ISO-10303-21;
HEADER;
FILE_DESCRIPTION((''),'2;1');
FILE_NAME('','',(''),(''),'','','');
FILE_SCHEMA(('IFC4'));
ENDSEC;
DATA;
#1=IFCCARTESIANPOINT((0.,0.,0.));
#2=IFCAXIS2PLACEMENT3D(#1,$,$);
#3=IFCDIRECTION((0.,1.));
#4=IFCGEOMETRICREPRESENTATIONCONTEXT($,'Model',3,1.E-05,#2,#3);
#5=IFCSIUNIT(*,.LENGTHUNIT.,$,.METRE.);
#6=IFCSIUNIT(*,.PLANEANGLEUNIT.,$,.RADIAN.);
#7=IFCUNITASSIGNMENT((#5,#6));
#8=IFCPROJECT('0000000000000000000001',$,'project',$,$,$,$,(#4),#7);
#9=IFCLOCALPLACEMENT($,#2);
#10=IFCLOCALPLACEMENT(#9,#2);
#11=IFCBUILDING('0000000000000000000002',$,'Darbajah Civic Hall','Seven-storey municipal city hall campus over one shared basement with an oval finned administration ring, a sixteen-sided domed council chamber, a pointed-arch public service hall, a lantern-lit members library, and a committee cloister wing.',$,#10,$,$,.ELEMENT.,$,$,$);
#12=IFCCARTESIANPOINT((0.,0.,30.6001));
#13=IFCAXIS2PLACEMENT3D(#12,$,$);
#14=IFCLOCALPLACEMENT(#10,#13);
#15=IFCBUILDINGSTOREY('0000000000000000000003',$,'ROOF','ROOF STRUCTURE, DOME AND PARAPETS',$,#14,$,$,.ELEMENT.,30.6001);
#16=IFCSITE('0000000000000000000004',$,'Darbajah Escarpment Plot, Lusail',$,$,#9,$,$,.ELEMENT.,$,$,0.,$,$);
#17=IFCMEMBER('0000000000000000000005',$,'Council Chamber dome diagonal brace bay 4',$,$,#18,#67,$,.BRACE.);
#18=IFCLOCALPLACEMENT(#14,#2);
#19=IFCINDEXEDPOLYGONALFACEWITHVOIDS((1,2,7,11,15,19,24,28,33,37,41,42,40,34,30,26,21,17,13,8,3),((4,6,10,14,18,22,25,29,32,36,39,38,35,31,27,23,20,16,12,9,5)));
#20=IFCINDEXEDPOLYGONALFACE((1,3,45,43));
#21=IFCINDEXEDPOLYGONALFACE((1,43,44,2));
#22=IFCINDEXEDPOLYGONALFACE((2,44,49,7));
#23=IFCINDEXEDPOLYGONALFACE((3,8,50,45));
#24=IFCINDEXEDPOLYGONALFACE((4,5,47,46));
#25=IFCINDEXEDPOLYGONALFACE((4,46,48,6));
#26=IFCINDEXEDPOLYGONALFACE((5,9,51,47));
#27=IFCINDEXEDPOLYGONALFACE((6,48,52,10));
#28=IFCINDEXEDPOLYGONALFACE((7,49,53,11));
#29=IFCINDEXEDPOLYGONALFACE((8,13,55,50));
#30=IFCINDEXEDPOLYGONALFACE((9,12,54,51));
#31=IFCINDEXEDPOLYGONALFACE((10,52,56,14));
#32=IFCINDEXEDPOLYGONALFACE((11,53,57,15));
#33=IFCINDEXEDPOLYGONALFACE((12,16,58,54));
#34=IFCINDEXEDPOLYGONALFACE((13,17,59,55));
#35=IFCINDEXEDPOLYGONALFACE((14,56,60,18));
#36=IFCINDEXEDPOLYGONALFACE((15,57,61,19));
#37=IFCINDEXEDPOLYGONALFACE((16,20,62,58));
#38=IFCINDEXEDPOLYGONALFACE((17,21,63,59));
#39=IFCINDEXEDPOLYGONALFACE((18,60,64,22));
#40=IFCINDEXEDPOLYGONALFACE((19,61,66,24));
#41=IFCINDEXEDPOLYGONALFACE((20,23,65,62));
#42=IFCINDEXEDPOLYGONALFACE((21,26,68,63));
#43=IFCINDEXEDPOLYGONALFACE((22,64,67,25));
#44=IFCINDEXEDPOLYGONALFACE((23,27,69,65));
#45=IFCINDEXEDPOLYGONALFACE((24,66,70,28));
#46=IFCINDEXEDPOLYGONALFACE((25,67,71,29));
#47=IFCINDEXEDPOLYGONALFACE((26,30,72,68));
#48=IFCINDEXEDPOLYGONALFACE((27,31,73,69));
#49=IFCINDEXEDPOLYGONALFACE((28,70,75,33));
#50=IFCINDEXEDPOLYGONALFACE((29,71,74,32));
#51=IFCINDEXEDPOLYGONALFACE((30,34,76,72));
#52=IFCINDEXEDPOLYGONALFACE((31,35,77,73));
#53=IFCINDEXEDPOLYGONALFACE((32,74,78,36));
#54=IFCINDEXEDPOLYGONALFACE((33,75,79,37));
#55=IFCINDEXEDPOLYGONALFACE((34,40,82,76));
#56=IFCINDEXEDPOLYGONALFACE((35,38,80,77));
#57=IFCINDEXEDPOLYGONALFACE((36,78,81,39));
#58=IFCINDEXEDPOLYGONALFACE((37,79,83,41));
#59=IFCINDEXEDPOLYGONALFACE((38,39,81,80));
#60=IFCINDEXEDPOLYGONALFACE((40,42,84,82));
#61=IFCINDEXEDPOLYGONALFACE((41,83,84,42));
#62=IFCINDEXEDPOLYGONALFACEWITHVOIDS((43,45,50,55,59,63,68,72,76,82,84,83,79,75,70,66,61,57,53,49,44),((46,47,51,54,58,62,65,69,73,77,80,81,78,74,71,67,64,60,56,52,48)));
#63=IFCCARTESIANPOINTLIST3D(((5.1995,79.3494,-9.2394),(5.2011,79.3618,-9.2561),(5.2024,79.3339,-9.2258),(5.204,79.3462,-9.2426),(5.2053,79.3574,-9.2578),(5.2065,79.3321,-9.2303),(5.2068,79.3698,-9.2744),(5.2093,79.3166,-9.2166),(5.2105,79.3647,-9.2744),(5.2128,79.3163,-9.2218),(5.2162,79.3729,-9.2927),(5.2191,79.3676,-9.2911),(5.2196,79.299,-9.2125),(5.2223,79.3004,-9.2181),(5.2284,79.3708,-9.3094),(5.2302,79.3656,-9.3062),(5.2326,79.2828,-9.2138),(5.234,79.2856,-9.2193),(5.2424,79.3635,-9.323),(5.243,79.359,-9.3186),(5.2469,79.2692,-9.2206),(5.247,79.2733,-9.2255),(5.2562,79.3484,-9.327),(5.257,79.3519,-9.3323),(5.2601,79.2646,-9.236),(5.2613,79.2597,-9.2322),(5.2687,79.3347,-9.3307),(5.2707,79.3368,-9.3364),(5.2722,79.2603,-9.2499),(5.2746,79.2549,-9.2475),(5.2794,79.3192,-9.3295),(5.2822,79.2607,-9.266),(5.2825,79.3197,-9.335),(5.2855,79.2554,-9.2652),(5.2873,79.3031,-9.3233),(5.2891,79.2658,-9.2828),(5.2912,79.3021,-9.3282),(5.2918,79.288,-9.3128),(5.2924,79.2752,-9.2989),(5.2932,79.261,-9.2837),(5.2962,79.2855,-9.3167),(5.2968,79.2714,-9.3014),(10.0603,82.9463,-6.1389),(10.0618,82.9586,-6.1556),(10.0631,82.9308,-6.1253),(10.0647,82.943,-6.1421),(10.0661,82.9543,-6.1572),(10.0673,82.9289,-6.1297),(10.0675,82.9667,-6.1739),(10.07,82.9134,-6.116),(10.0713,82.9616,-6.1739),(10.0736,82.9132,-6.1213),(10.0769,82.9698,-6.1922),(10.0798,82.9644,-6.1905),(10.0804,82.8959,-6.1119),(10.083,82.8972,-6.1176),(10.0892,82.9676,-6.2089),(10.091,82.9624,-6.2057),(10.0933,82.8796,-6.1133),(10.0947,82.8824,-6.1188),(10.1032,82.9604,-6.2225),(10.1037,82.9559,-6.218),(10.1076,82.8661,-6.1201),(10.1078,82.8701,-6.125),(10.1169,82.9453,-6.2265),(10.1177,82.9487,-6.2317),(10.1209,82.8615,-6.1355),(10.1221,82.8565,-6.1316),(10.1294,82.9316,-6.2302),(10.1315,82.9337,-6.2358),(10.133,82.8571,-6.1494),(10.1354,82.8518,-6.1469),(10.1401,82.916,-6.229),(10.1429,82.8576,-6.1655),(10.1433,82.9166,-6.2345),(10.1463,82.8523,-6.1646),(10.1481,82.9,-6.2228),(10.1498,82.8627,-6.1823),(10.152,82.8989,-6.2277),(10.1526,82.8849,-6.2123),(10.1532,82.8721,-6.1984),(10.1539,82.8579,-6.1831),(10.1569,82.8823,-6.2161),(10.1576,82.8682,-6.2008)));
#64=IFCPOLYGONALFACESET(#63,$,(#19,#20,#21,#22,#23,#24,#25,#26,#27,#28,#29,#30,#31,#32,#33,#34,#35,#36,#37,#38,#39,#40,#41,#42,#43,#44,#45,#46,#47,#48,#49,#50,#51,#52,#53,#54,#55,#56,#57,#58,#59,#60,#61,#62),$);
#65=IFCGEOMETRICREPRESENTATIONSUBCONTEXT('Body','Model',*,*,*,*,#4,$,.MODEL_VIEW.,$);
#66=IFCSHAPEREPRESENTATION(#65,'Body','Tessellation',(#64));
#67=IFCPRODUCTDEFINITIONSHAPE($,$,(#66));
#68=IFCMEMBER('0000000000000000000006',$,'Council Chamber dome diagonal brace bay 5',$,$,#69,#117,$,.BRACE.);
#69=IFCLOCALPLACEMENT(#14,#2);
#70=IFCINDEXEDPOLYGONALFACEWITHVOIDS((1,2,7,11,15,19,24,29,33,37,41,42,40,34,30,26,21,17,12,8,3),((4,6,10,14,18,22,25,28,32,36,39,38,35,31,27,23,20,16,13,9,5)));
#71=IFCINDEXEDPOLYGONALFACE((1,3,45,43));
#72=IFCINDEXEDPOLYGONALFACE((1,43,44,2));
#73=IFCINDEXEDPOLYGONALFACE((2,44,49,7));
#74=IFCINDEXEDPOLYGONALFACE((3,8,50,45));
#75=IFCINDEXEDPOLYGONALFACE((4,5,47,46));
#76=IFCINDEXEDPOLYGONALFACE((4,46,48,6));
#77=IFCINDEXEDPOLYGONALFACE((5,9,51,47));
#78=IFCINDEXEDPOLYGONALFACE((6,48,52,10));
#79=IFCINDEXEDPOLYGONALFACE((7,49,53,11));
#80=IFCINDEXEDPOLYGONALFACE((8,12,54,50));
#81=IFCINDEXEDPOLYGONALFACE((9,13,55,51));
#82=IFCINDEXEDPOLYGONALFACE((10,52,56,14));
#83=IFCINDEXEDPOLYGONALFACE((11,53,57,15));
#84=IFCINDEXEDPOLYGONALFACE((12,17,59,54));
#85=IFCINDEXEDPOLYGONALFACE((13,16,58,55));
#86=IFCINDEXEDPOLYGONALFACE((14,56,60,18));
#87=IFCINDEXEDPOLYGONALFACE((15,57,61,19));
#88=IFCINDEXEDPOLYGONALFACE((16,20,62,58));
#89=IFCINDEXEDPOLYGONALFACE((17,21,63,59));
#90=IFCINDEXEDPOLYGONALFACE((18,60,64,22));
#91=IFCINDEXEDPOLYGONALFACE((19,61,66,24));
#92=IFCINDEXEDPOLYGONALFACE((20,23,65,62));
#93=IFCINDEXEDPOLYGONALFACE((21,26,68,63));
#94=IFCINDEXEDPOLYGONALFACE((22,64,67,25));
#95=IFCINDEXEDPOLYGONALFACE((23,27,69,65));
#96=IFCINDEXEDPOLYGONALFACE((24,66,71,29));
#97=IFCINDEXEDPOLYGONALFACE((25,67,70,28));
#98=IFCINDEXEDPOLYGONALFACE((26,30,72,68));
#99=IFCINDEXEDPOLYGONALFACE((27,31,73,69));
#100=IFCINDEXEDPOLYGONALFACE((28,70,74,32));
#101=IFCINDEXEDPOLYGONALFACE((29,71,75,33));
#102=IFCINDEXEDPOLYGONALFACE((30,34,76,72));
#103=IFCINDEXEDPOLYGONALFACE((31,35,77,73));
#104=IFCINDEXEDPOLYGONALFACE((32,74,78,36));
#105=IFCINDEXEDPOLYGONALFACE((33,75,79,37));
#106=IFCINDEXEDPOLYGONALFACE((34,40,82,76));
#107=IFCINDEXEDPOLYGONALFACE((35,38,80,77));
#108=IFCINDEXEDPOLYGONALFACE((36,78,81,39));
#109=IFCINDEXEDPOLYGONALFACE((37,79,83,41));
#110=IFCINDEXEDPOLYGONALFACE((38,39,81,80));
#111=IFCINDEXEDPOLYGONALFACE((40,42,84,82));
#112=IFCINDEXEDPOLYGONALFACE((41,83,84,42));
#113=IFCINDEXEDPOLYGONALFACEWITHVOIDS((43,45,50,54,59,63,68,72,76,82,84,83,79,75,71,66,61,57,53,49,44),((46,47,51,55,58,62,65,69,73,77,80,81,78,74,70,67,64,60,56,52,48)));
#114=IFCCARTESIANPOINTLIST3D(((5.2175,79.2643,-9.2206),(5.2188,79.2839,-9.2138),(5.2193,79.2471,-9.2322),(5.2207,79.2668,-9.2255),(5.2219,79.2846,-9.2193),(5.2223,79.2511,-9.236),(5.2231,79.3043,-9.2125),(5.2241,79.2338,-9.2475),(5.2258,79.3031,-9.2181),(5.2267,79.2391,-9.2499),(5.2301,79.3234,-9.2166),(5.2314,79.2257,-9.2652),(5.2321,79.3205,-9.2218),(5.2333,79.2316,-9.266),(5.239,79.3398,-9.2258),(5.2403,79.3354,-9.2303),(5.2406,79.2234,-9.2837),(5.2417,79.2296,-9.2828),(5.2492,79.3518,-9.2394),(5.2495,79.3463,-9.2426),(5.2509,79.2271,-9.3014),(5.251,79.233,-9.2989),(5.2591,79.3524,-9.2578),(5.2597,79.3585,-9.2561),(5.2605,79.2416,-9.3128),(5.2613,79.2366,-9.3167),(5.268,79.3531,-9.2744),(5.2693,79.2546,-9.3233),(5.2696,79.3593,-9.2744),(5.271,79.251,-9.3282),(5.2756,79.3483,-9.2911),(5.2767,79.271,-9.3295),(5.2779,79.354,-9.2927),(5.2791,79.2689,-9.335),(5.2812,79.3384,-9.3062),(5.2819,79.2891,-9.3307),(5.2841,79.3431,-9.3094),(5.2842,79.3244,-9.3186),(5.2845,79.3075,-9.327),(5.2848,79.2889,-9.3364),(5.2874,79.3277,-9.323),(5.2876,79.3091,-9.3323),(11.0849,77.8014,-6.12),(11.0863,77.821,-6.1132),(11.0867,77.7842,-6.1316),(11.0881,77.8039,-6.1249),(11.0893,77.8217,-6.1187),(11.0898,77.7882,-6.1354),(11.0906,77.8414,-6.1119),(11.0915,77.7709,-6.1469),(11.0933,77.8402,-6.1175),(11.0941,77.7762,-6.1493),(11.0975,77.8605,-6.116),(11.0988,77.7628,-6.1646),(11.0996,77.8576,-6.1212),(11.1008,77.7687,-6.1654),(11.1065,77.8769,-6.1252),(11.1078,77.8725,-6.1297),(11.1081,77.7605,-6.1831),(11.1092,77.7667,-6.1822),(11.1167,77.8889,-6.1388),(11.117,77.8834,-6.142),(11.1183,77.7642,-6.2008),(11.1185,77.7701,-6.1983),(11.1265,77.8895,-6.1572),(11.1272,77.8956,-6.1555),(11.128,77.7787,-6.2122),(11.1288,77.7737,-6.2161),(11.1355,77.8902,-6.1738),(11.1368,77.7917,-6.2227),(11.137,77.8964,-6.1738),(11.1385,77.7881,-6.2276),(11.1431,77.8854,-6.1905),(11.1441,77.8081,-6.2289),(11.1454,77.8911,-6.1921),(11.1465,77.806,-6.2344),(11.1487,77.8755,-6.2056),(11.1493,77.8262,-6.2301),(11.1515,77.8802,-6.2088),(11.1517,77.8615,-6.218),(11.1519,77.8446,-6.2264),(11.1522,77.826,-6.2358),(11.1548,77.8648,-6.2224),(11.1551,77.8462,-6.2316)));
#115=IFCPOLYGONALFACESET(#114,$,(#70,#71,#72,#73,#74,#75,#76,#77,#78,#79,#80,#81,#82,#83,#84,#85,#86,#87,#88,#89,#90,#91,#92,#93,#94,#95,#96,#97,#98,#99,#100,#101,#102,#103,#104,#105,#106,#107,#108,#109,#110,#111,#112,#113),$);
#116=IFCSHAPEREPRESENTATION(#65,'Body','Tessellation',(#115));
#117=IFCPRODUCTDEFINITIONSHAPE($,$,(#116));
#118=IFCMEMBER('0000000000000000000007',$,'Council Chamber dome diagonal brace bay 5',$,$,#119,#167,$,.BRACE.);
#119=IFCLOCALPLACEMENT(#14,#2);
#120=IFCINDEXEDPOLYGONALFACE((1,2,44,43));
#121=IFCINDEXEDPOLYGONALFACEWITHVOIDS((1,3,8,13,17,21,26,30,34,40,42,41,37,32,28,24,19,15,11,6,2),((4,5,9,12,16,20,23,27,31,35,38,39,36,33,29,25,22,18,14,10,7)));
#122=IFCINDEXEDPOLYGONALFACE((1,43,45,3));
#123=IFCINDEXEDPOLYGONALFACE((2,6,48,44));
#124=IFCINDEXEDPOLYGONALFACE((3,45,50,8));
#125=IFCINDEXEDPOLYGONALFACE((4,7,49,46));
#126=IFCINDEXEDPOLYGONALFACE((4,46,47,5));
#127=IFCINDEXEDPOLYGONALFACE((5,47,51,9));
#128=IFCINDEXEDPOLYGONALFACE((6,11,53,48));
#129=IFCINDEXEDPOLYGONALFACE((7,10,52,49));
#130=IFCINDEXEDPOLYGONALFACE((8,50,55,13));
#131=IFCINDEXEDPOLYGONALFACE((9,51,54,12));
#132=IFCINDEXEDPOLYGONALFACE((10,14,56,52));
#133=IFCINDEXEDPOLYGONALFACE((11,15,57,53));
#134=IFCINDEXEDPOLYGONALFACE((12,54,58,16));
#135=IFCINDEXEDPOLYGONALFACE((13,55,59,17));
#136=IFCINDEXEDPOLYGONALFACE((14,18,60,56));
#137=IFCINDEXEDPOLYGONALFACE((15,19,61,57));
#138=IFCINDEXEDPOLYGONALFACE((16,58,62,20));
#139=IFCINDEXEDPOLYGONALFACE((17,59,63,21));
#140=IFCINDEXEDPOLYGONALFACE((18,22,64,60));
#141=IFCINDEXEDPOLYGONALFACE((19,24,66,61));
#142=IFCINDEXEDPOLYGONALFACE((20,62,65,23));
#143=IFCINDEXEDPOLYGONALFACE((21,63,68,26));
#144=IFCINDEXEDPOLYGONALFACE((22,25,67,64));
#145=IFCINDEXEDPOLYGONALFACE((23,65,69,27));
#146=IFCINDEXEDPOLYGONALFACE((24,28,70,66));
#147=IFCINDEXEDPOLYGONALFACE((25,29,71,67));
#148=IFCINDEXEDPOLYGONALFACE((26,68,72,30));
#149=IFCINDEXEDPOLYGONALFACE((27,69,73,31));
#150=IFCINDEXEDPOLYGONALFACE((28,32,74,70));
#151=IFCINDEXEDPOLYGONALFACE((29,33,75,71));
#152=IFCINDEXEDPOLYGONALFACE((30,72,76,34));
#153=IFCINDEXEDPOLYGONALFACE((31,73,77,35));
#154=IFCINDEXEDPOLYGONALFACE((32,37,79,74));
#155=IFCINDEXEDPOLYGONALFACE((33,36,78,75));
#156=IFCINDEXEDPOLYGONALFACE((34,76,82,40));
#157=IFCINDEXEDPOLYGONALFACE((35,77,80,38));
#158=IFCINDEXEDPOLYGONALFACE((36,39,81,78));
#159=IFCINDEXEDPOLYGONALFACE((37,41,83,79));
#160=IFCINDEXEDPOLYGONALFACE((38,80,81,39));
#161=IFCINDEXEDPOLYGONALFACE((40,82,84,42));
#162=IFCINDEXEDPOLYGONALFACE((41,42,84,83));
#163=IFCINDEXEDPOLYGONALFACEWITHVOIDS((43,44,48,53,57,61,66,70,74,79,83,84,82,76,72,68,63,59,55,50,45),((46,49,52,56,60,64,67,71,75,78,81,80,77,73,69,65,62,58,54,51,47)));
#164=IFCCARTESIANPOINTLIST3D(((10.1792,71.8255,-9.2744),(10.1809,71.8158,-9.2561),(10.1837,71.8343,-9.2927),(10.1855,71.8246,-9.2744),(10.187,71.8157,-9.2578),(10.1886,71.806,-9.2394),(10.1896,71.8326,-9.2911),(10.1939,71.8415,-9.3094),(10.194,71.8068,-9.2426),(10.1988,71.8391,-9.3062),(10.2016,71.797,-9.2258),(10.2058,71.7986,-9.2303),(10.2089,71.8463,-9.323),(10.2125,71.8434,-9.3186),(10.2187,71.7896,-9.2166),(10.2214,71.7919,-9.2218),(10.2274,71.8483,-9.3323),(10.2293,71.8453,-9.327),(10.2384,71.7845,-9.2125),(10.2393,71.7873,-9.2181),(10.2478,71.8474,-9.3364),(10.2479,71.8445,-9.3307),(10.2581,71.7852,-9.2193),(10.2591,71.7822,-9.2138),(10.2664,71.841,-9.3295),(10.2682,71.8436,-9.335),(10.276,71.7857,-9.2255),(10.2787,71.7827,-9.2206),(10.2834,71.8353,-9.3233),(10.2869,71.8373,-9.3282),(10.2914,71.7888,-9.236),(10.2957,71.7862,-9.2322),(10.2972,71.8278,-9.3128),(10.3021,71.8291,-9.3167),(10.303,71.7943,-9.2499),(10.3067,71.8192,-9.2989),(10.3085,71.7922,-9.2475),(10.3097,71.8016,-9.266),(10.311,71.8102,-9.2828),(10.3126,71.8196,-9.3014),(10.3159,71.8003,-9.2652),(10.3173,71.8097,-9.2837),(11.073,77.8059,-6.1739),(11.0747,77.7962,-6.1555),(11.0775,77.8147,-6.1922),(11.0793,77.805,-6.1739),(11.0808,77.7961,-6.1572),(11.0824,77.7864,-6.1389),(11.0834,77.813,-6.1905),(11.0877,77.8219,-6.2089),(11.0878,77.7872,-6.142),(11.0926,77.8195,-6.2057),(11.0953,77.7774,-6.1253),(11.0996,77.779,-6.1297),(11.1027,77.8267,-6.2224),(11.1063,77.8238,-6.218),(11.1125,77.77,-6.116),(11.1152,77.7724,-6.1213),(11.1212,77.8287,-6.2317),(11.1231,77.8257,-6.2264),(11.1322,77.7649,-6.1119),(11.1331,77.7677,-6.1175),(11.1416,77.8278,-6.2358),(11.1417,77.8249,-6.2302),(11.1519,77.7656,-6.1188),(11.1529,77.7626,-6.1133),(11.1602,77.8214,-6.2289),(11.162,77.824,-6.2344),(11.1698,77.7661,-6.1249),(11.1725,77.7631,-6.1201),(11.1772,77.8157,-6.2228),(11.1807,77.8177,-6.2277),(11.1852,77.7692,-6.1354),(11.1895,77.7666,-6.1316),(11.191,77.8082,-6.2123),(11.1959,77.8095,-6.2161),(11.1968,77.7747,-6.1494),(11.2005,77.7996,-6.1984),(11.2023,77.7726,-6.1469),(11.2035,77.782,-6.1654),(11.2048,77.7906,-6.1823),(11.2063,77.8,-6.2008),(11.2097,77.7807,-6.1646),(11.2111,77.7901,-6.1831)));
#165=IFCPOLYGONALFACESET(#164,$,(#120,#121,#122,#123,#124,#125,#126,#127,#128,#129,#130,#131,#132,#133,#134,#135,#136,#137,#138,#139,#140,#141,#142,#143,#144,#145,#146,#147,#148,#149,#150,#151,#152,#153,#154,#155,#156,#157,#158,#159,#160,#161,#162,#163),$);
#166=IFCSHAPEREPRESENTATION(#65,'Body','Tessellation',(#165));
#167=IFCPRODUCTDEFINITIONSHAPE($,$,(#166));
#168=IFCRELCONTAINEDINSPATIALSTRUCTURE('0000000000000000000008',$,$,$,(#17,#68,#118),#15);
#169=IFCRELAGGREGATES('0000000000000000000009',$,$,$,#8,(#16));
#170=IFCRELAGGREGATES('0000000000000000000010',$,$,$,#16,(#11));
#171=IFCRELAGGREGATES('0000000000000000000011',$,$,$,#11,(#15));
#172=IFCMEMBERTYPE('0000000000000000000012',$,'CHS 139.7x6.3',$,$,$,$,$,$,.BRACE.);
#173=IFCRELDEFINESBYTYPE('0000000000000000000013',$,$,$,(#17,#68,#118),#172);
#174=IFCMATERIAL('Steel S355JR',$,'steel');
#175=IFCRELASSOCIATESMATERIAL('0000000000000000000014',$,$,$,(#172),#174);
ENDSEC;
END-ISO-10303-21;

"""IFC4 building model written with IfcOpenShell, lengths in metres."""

from ifc_helpers import new_model, si_unit, direction, frame, origin, origin_2d, place, context, subcontext, project, spatial, hollow_circle, extrude, material, material_profile, profile_set, type_object, element, save


model = new_model("IFC4")

# Units and contexts
model_context = context("Model", 3, precision=1e-05, world=origin(), true_north=direction((0.0, 1.0)))
body_context = subcontext(model_context, "Body", "Model", "MODEL_VIEW")
ifc_project = project(units=[si_unit("LENGTHUNIT", "METRE"), si_unit("PLANEANGLEUNIT", "RADIAN")], contexts=[model_context])

# Site, building, storey
site_placement = place(None, origin())
site = spatial("IfcSite", under=ifc_project, at=site_placement, Name="Darbajah Escarpment Plot, Lusail", CompositionType="ELEMENT", RefElevation=0.0)
building_placement = place(site_placement, origin())
building = spatial("IfcBuilding", under=site, at=building_placement, Name="Darbajah Civic Hall", Description="Seven-storey municipal city hall campus over one shared basement with an oval finned administration ring, a sixteen-sided domed council chamber, a pointed-arch public service hall, a lantern-lit members library, and a committee cloister wing.", CompositionType="ELEMENT")
storey_placement = place(building_placement, frame((0.0, 0.0, 30.6001)))
storey = spatial("IfcBuildingStorey", under=building, at=storey_placement, Name="ROOF", Description="ROOF STRUCTURE, DOME AND PARAPETS", CompositionType="ELEMENT", Elevation=30.6001)

# Members
ifc_material = material(Name="Steel S355JR", Category="steel")
ifc_material_profile_1 = material_profile(ifc_material, hollow_circle(Radius=0.0698, WallThickness=0.0063, at=origin_2d()), Name="CHS 139.7x6.3")
ifc_profile_set_1 = profile_set([ifc_material_profile_1], Name="Steel S355JR")
member_type_1 = type_object("IfcMemberType", Name="CHS 139.7x6.3", PredefinedType="BRACE", material=ifc_profile_set_1)
member_1_placement = place(storey_placement, frame((5.2483, 79.3137, -9.2744), z_axis=(0.715299, 0.529307, 0.456268), x_axis=(-0.594833, 0.80385, 0.0)))
element("IfcMember", 1, at=member_1_placement, inside=storey, type_object=member_type_1, Name="Council Chamber dome diagonal brace bay 4", PredefinedType="BRACE", context=body_context, shape_type="SweptSolid", body=[
    extrude(hollow_circle(Radius=0.0698, WallThickness=0.0063, at=origin_2d()), origin(), (0.0, 0.0, 1.0), 6.7954),
])
member_2_placement = place(storey_placement, frame((5.2527, 79.2915, -9.2744), z_axis=(0.863414, -0.21527, 0.456262), x_axis=(0.241918, 0.970297, 0.0)))
element("IfcMember", 2, at=member_2_placement, inside=storey, type_object=member_type_1, Name="Council Chamber dome diagonal brace bay 5", PredefinedType="BRACE", context=body_context, shape_type="SweptSolid", body=[
    extrude(hollow_circle(Radius=0.0698, WallThickness=0.0063, at=origin_2d()), origin(), (0.0, 0.0, 1.0), 6.7957),
])
member_3_placement = place(storey_placement, frame((10.2483, 71.8152, -9.2744), z_axis=(0.131528, 0.880066, 0.456272), x_axis=(-0.989016, 0.147811, 0.0)))
element("IfcMember", 3, at=member_3_placement, inside=storey, type_object=member_type_1, Name="Council Chamber dome diagonal brace bay 5", PredefinedType="BRACE", context=body_context, shape_type="SweptSolid", body=[
    extrude(hollow_circle(Radius=0.0698, WallThickness=0.0063, at=origin_2d()), origin(), (0.0, 0.0, 1.0), 6.7954),
])

save(model, "model.ifc")
